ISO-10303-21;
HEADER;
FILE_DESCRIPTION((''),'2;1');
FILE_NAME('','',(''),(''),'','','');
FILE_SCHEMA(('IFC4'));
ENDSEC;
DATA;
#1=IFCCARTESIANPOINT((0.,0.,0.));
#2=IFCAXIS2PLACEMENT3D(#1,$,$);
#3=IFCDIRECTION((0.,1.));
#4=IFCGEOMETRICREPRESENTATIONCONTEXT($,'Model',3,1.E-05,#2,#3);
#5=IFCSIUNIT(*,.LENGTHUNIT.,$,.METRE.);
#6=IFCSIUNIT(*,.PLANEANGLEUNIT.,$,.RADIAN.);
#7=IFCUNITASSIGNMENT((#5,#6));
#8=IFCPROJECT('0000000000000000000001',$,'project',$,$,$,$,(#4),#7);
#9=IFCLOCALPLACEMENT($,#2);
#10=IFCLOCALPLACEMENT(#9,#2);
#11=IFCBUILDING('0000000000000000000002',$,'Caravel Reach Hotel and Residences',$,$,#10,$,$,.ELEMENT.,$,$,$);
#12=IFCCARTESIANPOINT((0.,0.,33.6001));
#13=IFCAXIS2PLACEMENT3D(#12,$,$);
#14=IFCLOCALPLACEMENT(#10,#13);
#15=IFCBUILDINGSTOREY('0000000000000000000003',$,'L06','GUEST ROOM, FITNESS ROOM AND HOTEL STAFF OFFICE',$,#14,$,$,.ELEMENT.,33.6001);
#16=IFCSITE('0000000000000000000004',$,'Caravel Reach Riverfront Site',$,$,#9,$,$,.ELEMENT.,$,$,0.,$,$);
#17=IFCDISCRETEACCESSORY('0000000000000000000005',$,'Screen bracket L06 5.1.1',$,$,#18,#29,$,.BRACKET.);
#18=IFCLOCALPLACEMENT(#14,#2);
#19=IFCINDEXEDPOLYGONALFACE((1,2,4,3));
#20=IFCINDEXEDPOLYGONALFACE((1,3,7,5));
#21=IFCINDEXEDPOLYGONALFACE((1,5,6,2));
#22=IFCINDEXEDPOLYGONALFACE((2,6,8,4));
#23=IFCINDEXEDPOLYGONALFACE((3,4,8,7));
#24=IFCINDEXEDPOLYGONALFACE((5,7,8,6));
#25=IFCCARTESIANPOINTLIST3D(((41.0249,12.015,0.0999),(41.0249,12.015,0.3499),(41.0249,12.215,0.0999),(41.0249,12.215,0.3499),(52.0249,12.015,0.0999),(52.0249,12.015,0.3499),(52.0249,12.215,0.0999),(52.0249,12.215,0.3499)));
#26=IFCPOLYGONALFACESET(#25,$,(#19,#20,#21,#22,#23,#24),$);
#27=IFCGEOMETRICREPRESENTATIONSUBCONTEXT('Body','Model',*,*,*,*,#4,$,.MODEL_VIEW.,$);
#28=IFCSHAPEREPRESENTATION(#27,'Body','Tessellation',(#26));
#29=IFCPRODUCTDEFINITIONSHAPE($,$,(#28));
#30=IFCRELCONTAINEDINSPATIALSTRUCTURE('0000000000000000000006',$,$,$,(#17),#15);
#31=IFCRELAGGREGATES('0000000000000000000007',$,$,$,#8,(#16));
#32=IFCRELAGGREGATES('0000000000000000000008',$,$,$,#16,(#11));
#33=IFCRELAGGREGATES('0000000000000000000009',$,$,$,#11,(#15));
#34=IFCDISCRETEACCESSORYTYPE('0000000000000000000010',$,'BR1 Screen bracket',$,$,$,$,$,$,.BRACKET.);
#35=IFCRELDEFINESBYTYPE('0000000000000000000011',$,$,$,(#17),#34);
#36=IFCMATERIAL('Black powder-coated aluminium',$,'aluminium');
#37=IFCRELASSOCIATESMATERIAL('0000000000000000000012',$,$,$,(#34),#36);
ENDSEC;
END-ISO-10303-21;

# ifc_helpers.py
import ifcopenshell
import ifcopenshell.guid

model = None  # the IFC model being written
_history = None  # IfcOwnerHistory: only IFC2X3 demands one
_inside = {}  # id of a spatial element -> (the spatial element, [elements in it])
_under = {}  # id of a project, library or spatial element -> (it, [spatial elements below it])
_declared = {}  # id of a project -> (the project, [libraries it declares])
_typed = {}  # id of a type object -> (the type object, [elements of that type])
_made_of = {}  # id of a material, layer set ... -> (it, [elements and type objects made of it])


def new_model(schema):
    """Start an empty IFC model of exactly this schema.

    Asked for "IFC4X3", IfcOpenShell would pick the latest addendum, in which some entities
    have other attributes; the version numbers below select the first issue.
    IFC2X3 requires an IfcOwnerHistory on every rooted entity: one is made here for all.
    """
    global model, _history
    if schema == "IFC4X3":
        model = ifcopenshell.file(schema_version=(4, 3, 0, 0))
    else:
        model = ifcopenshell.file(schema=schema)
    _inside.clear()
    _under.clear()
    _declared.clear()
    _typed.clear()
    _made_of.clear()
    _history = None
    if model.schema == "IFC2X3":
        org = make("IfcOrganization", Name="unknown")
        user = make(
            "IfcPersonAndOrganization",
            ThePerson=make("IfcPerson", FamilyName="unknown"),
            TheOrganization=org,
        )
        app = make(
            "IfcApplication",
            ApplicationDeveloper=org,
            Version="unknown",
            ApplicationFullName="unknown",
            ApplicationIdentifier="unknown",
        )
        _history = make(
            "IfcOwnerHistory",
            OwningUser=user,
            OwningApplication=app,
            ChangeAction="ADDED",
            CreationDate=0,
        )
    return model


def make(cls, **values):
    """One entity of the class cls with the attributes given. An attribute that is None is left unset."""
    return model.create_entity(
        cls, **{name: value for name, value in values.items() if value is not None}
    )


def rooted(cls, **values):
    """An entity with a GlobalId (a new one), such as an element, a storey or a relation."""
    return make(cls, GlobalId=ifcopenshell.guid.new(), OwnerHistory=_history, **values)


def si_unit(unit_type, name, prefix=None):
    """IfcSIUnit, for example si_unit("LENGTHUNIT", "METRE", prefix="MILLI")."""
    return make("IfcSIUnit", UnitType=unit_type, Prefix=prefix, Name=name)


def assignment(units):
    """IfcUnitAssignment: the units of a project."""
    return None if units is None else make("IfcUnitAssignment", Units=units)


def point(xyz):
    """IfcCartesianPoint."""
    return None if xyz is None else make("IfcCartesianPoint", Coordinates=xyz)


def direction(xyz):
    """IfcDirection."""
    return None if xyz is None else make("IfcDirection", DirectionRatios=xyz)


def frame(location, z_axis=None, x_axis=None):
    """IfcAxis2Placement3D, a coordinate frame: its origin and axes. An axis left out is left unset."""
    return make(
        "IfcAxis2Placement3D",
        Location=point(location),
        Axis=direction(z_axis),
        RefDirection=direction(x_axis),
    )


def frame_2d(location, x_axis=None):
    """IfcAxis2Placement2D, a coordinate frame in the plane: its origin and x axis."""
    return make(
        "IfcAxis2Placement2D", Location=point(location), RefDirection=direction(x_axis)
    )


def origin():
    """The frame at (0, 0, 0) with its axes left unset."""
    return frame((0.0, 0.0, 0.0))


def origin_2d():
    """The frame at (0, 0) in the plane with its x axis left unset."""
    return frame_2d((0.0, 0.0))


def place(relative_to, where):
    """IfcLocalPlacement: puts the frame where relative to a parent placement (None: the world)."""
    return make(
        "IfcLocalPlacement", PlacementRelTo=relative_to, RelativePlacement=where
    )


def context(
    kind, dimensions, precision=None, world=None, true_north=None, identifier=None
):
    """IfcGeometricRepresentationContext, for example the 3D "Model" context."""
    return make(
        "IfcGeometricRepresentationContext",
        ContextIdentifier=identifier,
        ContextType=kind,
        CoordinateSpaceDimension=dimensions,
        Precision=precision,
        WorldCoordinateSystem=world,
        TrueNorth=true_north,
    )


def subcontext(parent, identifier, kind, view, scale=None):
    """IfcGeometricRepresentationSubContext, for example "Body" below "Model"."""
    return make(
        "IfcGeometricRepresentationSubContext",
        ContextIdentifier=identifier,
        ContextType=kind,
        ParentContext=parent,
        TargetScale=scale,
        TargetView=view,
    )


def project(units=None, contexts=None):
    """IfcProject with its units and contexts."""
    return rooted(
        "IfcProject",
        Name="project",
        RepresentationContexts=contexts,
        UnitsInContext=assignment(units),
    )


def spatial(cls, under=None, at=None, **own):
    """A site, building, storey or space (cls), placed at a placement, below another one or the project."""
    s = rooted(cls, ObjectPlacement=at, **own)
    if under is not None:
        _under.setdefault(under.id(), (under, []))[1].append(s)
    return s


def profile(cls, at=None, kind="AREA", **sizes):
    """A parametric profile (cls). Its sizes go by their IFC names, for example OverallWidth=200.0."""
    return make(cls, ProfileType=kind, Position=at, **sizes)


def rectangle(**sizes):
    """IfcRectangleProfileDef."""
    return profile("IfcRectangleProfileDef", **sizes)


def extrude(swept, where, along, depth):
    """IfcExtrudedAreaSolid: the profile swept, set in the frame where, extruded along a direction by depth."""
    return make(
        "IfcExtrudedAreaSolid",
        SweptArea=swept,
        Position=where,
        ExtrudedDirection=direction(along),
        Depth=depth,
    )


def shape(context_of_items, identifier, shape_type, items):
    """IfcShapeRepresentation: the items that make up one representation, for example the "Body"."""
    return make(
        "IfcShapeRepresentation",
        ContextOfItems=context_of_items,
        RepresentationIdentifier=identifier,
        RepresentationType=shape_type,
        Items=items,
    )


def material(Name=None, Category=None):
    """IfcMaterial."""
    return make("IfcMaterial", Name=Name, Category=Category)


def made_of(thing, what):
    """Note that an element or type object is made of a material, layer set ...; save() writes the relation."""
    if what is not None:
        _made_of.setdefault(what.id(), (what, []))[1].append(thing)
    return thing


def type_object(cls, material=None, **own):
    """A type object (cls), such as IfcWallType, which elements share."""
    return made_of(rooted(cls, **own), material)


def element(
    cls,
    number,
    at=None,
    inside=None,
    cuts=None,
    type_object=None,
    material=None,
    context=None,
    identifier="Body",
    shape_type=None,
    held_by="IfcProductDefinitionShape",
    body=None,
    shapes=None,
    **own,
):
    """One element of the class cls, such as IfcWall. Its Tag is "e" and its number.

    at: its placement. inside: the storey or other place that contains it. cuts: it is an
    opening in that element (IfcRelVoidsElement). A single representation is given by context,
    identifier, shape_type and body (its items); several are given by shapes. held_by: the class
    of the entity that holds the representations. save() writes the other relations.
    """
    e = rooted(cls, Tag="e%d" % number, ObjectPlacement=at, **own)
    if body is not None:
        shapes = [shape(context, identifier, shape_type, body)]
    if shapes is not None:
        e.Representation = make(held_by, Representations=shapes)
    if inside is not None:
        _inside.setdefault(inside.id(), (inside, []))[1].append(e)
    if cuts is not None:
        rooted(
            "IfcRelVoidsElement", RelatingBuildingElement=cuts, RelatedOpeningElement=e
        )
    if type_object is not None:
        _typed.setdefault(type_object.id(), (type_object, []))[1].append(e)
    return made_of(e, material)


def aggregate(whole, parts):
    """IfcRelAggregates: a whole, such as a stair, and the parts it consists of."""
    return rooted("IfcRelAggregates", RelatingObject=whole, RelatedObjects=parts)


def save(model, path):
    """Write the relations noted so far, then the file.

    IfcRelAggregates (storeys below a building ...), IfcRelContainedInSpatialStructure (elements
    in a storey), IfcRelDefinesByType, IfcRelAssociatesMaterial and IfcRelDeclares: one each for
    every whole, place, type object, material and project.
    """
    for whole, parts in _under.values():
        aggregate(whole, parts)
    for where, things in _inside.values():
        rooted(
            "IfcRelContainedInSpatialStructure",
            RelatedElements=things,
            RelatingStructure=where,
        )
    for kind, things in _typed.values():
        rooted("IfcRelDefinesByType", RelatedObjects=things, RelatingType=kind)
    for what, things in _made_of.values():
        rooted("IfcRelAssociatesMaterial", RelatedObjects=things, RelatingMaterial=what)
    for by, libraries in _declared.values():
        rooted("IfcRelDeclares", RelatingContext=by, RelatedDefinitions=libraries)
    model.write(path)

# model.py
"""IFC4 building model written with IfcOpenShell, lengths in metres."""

from ifc_helpers import new_model, si_unit, direction, frame, origin, origin_2d, place, context, subcontext, project, spatial, rectangle, extrude, material, type_object, element, save


model = new_model("IFC4")

# Units and contexts
model_context = context("Model", 3, precision=1e-05, world=origin(), true_north=direction((0.0, 1.0)))
body_context = subcontext(model_context, "Body", "Model", "MODEL_VIEW")
ifc_project = project(units=[si_unit("LENGTHUNIT", "METRE"), si_unit("PLANEANGLEUNIT", "RADIAN")], contexts=[model_context])

# Site, building, storey
site_placement = place(None, origin())
site = spatial("IfcSite", under=ifc_project, at=site_placement, Name="Caravel Reach Riverfront Site", CompositionType="ELEMENT", RefElevation=0.0)
building_placement = place(site_placement, origin())
building = spatial("IfcBuilding", under=site, at=building_placement, Name="Caravel Reach Hotel and Residences", CompositionType="ELEMENT")
storey_placement = place(building_placement, frame((0.0, 0.0, 33.6001)))
storey = spatial("IfcBuildingStorey", under=building, at=storey_placement, Name="L06", Description="GUEST ROOM, FITNESS ROOM AND HOTEL STAFF OFFICE", CompositionType="ELEMENT", Elevation=33.6001)

# Discrete accessory
ifc_material_1 = material(Name="Black powder-coated aluminium", Category="aluminium")
discrete_accessory_type = type_object("IfcDiscreteAccessoryType", Name="BR1 Screen bracket", PredefinedType="BRACKET", material=ifc_material_1)
discrete_accessory_1_placement = place(storey_placement, frame((46.5249, 12.115, 0.0999), z_axis=(0.0, 0.0, 1.0), x_axis=(1.0, 0.0, 0.0)))
element("IfcDiscreteAccessory", 1, at=discrete_accessory_1_placement, inside=storey, type_object=discrete_accessory_type, Name="Screen bracket L06 5.1.1", PredefinedType="BRACKET", context=body_context, shape_type="SweptSolid", body=[
    extrude(rectangle(XDim=11.0, YDim=0.2, at=origin_2d()), origin(), (0.0, 0.0, 1.0), 0.25),
])

save(model, "model.ifc")
